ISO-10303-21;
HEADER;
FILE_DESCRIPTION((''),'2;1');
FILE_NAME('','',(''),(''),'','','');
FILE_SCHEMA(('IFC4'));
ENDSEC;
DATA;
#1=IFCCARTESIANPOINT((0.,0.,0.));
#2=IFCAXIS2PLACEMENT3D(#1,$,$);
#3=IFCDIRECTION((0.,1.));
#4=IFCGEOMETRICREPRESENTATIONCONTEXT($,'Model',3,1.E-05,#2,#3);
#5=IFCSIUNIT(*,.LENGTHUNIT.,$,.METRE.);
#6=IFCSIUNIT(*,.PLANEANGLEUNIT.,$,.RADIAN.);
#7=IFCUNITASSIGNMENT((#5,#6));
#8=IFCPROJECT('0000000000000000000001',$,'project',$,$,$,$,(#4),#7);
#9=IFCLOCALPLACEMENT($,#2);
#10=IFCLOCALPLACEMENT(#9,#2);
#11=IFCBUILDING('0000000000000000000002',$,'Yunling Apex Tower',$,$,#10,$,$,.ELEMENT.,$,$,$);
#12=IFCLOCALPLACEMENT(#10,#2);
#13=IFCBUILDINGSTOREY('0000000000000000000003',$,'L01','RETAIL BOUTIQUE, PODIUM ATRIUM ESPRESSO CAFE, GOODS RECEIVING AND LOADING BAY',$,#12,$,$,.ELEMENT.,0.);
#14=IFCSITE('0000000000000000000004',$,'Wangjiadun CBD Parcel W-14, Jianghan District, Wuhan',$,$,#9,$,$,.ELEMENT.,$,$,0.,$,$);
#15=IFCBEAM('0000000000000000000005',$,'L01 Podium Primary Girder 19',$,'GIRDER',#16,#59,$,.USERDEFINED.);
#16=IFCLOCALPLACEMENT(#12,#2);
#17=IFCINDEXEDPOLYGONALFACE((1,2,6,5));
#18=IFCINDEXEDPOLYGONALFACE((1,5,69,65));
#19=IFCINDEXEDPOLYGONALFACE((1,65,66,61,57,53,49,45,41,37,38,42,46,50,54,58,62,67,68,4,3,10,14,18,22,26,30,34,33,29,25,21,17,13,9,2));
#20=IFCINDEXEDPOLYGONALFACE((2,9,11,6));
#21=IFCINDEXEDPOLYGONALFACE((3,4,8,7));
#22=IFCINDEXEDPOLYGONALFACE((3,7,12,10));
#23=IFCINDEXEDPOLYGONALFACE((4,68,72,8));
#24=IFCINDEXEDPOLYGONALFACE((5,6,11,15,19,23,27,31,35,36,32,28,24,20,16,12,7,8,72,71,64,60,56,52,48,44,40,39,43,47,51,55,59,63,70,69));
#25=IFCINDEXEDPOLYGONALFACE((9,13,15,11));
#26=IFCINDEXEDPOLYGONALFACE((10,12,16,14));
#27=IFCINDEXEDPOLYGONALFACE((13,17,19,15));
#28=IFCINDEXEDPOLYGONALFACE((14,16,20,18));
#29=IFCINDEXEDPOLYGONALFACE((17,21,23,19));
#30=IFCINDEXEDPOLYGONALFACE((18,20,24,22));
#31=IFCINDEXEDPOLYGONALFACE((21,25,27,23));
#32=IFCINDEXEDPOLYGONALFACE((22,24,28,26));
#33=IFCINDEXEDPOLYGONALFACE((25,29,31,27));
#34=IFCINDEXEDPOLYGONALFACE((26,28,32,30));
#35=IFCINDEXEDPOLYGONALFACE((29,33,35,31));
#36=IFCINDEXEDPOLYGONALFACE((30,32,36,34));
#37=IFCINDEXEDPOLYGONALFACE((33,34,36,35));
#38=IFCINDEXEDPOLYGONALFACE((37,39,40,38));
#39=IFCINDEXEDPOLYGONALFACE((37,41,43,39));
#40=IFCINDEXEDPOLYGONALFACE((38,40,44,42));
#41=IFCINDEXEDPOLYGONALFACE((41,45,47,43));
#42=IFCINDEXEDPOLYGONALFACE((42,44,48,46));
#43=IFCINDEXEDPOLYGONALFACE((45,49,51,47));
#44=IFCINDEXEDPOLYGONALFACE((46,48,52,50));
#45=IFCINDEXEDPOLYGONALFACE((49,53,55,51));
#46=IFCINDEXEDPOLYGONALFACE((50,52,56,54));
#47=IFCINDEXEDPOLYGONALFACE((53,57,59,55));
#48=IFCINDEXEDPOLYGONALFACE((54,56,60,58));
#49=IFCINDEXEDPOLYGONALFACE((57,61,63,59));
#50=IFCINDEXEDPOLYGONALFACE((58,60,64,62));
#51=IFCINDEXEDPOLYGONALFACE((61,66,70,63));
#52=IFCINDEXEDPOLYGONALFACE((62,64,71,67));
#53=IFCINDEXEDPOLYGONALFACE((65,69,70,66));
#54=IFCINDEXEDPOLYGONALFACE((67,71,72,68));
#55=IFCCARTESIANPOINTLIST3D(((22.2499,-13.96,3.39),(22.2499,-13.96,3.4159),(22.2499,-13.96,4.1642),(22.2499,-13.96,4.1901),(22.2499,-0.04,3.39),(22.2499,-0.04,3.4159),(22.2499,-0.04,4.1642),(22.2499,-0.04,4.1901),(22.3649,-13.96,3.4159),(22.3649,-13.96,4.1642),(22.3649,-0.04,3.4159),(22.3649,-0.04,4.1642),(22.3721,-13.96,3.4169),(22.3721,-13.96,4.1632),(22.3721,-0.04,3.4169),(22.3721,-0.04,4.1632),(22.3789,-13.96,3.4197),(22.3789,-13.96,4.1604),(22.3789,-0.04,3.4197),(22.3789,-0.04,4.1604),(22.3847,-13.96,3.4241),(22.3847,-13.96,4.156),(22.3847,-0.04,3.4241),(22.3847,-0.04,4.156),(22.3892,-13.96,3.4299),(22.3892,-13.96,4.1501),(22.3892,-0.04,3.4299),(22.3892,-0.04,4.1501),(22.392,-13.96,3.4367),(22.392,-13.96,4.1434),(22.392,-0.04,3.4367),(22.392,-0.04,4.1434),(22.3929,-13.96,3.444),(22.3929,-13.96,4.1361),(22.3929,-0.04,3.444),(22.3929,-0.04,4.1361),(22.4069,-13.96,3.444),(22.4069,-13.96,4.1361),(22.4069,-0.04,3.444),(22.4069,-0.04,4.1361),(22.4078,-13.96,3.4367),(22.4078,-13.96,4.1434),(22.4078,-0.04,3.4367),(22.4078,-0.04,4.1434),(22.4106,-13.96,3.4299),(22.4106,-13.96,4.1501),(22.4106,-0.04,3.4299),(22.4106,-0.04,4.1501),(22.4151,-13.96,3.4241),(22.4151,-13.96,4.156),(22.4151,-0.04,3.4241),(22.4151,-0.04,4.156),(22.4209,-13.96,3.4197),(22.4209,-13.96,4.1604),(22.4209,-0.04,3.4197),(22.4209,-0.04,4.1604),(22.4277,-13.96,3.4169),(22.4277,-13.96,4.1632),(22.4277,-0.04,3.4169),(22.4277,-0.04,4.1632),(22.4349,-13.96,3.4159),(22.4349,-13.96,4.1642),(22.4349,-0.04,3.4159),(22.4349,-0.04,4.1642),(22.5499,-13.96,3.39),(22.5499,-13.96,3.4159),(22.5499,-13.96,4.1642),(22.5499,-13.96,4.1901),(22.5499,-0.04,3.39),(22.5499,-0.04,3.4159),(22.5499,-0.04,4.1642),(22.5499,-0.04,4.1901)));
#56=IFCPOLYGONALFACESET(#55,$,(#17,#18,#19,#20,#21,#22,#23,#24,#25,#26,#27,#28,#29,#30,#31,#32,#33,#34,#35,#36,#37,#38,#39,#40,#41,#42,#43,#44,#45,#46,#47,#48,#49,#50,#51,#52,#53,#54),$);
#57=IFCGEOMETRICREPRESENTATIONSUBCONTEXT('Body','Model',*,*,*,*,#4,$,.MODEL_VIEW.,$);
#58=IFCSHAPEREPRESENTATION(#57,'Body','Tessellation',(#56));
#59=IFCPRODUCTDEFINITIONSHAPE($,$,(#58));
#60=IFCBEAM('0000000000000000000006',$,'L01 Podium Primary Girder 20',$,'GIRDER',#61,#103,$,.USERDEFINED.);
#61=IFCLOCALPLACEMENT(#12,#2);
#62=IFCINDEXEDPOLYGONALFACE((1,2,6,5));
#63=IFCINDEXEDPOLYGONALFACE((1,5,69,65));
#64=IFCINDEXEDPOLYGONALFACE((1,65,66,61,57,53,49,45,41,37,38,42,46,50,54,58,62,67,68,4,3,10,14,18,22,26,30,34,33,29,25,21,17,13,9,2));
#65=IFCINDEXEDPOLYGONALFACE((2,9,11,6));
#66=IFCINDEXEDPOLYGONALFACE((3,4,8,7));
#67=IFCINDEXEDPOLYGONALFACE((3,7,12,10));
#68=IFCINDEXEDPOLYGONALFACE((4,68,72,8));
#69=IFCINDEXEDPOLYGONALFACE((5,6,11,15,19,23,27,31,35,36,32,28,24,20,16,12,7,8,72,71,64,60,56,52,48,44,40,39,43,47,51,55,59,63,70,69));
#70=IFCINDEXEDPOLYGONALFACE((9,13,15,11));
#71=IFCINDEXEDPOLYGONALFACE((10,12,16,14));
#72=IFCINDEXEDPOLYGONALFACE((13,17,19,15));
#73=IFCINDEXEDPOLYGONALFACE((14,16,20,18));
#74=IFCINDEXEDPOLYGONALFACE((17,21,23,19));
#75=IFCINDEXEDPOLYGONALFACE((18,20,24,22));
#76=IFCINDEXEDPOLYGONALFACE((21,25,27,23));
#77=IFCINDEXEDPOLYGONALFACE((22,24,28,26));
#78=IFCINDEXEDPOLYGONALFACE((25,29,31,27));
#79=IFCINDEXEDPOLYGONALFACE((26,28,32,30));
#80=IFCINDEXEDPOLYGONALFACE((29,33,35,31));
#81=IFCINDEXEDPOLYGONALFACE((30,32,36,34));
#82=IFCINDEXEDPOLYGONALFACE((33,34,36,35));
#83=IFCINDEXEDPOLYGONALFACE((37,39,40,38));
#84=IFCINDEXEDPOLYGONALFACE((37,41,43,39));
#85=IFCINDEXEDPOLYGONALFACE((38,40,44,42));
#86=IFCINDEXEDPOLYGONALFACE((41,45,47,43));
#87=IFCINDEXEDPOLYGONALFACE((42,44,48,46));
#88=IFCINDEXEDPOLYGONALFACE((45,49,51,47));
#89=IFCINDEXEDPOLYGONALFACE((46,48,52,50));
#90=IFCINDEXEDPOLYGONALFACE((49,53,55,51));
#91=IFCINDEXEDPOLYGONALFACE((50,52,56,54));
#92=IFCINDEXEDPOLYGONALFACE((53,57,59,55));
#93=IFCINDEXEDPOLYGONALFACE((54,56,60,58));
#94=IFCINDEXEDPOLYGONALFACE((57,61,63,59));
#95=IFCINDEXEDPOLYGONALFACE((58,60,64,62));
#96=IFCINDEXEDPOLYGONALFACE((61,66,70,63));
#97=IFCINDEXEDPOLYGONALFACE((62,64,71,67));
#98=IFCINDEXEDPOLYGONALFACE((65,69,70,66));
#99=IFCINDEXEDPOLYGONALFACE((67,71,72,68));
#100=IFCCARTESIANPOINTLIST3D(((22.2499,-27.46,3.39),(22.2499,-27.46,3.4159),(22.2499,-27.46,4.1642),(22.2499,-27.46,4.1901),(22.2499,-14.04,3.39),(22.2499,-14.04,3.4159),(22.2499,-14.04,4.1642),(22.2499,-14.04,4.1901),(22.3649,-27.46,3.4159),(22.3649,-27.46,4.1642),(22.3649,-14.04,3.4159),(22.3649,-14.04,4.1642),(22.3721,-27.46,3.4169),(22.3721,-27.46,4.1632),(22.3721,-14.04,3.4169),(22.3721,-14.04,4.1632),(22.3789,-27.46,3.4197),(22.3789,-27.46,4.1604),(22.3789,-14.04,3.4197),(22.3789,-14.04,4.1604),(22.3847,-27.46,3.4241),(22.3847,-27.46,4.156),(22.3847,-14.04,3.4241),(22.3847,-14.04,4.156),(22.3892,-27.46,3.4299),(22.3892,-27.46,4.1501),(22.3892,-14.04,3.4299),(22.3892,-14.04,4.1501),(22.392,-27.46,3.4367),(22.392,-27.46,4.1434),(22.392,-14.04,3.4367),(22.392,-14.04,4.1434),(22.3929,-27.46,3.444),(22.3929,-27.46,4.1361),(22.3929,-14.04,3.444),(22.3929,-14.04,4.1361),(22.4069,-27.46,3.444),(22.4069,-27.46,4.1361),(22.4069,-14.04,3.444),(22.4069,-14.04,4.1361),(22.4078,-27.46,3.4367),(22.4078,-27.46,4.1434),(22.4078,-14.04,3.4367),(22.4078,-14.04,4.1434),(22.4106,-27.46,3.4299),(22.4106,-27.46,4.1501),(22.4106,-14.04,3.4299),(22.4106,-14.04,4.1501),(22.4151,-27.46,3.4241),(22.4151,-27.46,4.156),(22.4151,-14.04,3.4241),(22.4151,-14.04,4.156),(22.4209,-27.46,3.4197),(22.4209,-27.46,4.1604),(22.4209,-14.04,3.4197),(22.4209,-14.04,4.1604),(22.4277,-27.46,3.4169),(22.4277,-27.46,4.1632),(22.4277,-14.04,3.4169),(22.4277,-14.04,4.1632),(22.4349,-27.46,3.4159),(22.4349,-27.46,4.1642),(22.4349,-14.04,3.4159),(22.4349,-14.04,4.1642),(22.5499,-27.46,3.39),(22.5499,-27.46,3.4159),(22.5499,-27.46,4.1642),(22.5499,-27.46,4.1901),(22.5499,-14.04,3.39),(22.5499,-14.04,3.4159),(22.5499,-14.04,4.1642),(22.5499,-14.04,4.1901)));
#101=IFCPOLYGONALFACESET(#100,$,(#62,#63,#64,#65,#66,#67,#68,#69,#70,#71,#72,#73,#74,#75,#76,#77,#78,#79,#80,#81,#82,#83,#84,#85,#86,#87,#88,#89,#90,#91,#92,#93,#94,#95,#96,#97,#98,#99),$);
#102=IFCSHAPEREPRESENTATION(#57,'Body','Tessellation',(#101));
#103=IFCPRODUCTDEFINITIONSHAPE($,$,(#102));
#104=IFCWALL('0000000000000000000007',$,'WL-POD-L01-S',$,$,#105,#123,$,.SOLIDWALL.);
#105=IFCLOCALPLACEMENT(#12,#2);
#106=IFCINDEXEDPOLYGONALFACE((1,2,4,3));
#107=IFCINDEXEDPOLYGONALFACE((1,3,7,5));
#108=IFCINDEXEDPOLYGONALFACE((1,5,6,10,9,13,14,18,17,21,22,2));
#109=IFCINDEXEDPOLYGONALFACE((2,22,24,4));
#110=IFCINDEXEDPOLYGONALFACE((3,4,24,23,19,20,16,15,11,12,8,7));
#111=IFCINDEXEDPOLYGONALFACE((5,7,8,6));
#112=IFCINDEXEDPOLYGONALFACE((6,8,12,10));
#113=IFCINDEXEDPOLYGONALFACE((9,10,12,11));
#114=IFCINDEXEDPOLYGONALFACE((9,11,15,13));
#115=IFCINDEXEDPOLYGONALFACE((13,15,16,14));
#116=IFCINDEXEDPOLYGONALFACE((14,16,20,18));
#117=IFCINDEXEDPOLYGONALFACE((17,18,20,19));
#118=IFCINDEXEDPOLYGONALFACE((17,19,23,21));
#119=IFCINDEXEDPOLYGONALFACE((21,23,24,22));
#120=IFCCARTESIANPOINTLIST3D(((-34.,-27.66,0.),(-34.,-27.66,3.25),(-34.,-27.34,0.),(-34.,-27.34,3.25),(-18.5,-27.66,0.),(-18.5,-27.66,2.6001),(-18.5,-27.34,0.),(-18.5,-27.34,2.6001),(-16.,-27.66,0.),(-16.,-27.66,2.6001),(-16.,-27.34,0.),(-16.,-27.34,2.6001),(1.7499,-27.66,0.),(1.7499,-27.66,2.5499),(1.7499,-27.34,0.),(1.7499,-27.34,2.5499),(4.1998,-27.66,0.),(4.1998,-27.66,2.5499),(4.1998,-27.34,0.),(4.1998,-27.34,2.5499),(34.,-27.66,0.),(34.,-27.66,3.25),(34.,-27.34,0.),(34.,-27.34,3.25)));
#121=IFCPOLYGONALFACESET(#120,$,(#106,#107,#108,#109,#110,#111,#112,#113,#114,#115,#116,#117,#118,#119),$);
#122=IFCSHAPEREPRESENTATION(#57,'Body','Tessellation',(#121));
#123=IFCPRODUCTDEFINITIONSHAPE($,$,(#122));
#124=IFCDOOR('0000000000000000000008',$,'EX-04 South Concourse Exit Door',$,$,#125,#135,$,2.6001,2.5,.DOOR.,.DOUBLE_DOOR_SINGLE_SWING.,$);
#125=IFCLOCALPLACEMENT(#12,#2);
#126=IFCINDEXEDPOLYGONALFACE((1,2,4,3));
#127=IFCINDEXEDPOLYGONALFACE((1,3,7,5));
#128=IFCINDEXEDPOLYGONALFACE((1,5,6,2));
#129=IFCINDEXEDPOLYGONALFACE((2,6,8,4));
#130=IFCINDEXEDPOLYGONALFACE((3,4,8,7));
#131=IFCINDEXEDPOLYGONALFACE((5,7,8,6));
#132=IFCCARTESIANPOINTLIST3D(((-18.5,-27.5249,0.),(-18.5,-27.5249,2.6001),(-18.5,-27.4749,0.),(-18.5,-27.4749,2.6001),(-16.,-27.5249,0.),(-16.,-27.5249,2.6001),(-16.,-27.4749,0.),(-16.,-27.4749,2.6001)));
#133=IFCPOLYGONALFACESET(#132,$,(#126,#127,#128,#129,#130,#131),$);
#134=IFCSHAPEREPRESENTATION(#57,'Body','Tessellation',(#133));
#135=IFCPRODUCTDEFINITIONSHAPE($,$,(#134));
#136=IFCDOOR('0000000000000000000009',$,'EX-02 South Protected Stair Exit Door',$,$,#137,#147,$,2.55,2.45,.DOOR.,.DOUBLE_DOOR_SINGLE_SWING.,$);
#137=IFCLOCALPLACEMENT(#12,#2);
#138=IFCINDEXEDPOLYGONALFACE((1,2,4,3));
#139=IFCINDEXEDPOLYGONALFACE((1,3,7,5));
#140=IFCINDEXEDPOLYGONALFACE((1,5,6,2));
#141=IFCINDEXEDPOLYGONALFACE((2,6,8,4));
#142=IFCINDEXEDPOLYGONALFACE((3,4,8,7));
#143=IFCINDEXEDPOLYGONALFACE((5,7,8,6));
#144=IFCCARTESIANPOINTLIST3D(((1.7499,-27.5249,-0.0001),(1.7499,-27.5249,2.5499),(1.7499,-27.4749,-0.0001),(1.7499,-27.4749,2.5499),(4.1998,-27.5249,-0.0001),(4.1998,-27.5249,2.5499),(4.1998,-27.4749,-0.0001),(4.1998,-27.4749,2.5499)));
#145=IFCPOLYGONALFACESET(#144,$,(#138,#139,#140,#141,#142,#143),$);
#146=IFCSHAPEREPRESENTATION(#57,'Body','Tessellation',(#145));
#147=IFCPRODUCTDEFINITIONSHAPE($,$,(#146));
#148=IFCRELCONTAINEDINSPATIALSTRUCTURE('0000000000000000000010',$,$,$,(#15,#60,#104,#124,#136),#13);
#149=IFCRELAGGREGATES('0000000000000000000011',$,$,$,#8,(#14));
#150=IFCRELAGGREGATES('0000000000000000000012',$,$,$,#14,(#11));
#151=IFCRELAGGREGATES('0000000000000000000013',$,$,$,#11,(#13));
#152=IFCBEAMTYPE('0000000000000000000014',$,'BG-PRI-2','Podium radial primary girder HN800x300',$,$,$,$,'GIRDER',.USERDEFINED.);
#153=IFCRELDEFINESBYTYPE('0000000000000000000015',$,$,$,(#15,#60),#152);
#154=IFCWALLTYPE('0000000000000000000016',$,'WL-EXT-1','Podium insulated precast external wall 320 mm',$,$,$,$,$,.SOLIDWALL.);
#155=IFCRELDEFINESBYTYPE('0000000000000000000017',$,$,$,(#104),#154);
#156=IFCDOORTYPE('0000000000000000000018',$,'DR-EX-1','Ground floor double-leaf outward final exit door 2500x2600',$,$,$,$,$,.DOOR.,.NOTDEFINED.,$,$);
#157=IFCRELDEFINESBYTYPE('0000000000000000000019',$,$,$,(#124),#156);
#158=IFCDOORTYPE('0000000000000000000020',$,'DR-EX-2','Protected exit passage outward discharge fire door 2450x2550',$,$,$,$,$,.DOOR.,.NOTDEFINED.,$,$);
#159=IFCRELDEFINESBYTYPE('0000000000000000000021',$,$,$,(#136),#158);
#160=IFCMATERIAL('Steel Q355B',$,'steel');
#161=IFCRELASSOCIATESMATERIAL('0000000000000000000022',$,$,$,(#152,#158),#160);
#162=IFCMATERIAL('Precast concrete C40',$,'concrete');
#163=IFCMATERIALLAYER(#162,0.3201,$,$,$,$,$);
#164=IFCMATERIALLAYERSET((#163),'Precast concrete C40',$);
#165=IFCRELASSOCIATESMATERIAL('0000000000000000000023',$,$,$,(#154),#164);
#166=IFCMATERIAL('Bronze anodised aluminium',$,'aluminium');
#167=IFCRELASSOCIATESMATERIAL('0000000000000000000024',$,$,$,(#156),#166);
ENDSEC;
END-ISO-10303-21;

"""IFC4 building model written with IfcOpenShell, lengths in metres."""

from ifc_helpers import new_model, si_unit, direction, frame, frame_2d, origin, origin_2d, place, context, subcontext, project, spatial, rectangle, i_section, extrude, source, transform, mapped, material, layer, layer_set, material_profile, profile_set, type_object, element, fill, save


model = new_model("IFC4")

# Units and contexts
model_context = context("Model", 3, precision=1e-05, world=origin(), true_north=direction((0.0, 1.0)))
body_context = subcontext(model_context, "Body", "Model", "MODEL_VIEW")
ifc_project = project(units=[si_unit("LENGTHUNIT", "METRE"), si_unit("PLANEANGLEUNIT", "RADIAN")], contexts=[model_context])

# Site, building, storey
site_placement = place(None, origin())
site = spatial("IfcSite", under=ifc_project, at=site_placement, Name="Wangjiadun CBD Parcel W-14, Jianghan District, Wuhan", CompositionType="ELEMENT", RefElevation=0.0)
building_placement = place(site_placement, origin())
building = spatial("IfcBuilding", under=site, at=building_placement, Name="Yunling Apex Tower", CompositionType="ELEMENT")
storey_placement = place(building_placement, origin())
storey = spatial("IfcBuildingStorey", under=building, at=storey_placement, Name="L01", Description="RETAIL BOUTIQUE, PODIUM ATRIUM ESPRESSO CAFE, GOODS RECEIVING AND LOADING BAY", CompositionType="ELEMENT", Elevation=0.0)

# Beams
ifc_material_1 = material(Name="Steel Q355B", Category="steel")
ifc_material_profile_1 = material_profile(ifc_material_1, i_section(OverallWidth=0.3, OverallDepth=0.8, WebThickness=0.0139, FlangeThickness=0.0259, FilletRadius=0.0281, at=origin_2d()))
ifc_profile_set_1 = profile_set([ifc_material_profile_1], Name="Steel Q355B")
beam_type_1 = type_object("IfcBeamType", Name="BG-PRI-2", Description="Podium radial primary girder HN800x300", ElementType="GIRDER", PredefinedType="USERDEFINED", material=ifc_profile_set_1)
shared_shape_1 = source(origin(), body_context, "Body", "SweptSolid", [
    extrude(i_section(OverallWidth=0.3, OverallDepth=0.8, WebThickness=0.0139, FlangeThickness=0.0259, FilletRadius=0.0281, at=origin_2d()), origin(), (0.0, 0.0, 1.0), 13.9199),
])
beam_1_placement = place(storey_placement, frame((22.3999, -0.04, 3.79), z_axis=(0.0, -1.0, 0.0), x_axis=(1.0, 0.0, 0.0)))
element("IfcBeam", 1, at=beam_1_placement, inside=storey, type_object=beam_type_1, Name="L01 Podium Primary Girder 19", ObjectType="GIRDER", PredefinedType="USERDEFINED", context=body_context, shape_type="MappedRepresentation", body=[
    mapped(shared_shape_1, transform((0.0, 0.0, 0.0), scale=1.0)),
])
shared_shape_2 = source(origin(), body_context, "Body", "SweptSolid", [
    extrude(i_section(OverallWidth=0.3, OverallDepth=0.8, WebThickness=0.0139, FlangeThickness=0.0259, FilletRadius=0.0281, at=origin_2d()), origin(), (0.0, 0.0, 1.0), 13.4199),
])
beam_2_placement = place(storey_placement, frame((22.3999, -14.04, 3.79), z_axis=(0.0, -1.0, 0.0), x_axis=(1.0, 0.0, 0.0)))
element("IfcBeam", 2, at=beam_2_placement, inside=storey, type_object=beam_type_1, Name="L01 Podium Primary Girder 20", ObjectType="GIRDER", PredefinedType="USERDEFINED", context=body_context, shape_type="MappedRepresentation", body=[
    mapped(shared_shape_2, transform((0.0, 0.0, 0.0), scale=1.0)),
])

# Wall, openings, doors
ifc_material_2 = material(Name="Precast concrete C40", Category="concrete")
ifc_layer_1 = layer(ifc_material_2, 0.3201)
ifc_layer_set_1 = layer_set([ifc_layer_1], Name="Precast concrete C40")
wall_type_1 = type_object("IfcWallType", Name="WL-EXT-1", Description="Podium insulated precast external wall 320 mm", PredefinedType="SOLIDWALL", material=ifc_layer_set_1)
wall_1_placement = place(storey_placement, frame((34.0, -27.5, 0.0), z_axis=(0.0, 0.0, 1.0), x_axis=(-1.0, 0.0, 0.0)))
wall_1 = element("IfcWall", 3, at=wall_1_placement, inside=storey, type_object=wall_type_1, Name="WL-POD-L01-S", PredefinedType="SOLIDWALL", context=body_context, shape_type="SweptSolid", body=[
    extrude(rectangle(XDim=68.0, YDim=0.3201, at=frame_2d((34.0, 0.0))), origin(), (0.0, 0.0, 1.0), 3.25),
])
opening_1_placement = place(wall_1_placement, frame((29.8, 0.0, 0.0)))
opening_1 = element("IfcOpeningElement", 4, at=opening_1_placement, cuts=wall_1, PredefinedType="OPENING", context=body_context, shape_type="SweptSolid", body=[
    extrude(rectangle(XDim=2.45, YDim=2.55, at=frame_2d((1.2251, 1.2749))), frame((0.0, 0.1699, 0.0), z_axis=(0.0, -1.0, 0.0), x_axis=(1.0, 0.0, 0.0)), (0.0, 0.0, 1.0), 0.3401),
])
opening_2_placement = place(wall_1_placement, frame((50.0, 0.0, 0.0)))
opening_2 = element("IfcOpeningElement", 5, at=opening_2_placement, cuts=wall_1, PredefinedType="OPENING", context=body_context, shape_type="SweptSolid", body=[
    extrude(rectangle(XDim=2.5, YDim=2.6001, at=frame_2d((1.25, 1.3))), frame((0.0, 0.1699, 0.0), z_axis=(0.0, -1.0, 0.0), x_axis=(1.0, 0.0, 0.0)), (0.0, 0.0, 1.0), 0.3401),
])
ifc_material_3 = material(Name="Bronze anodised aluminium", Category="aluminium")
door_type_1 = type_object("IfcDoorType", Name="DR-EX-1", Description="Ground floor double-leaf outward final exit door 2500x2600", OperationType="NOTDEFINED", PredefinedType="DOOR", material=ifc_material_3)
door_1_placement = place(opening_2_placement, origin())
door_1 = element("IfcDoor", 6, at=door_1_placement, inside=storey, type_object=door_type_1, Name="EX-04 South Concourse Exit Door", OperationType="DOUBLE_DOOR_SINGLE_SWING", OverallHeight=2.6001, OverallWidth=2.5, PredefinedType="DOOR", context=body_context, shape_type="SweptSolid", body=[
    extrude(rectangle(XDim=2.5, YDim=2.6001, at=frame_2d((1.25, 1.3))), frame((0.0, 0.0249, 0.0), z_axis=(0.0, -1.0, 0.0), x_axis=(1.0, 0.0, 0.0)), (0.0, 0.0, 1.0), 0.05),
])
fill(opening_2, door_1)
door_type_2 = type_object("IfcDoorType", Name="DR-EX-2", Description="Protected exit passage outward discharge fire door 2450x2550", OperationType="NOTDEFINED", PredefinedType="DOOR", material=ifc_material_1)
door_2_placement = place(opening_1_placement, origin())
door_2 = element("IfcDoor", 7, at=door_2_placement, inside=storey, type_object=door_type_2, Name="EX-02 South Protected Stair Exit Door", OperationType="DOUBLE_DOOR_SINGLE_SWING", OverallHeight=2.55, OverallWidth=2.45, PredefinedType="DOOR", context=body_context, shape_type="SweptSolid", body=[
    extrude(rectangle(XDim=2.45, YDim=2.55, at=frame_2d((1.2251, 1.2749))), frame((0.0, 0.0249, 0.0), z_axis=(0.0, -1.0, 0.0), x_axis=(1.0, 0.0, 0.0)), (0.0, 0.0, 1.0), 0.05),
])
fill(opening_1, door_2)

save(model, "model.ifc")
